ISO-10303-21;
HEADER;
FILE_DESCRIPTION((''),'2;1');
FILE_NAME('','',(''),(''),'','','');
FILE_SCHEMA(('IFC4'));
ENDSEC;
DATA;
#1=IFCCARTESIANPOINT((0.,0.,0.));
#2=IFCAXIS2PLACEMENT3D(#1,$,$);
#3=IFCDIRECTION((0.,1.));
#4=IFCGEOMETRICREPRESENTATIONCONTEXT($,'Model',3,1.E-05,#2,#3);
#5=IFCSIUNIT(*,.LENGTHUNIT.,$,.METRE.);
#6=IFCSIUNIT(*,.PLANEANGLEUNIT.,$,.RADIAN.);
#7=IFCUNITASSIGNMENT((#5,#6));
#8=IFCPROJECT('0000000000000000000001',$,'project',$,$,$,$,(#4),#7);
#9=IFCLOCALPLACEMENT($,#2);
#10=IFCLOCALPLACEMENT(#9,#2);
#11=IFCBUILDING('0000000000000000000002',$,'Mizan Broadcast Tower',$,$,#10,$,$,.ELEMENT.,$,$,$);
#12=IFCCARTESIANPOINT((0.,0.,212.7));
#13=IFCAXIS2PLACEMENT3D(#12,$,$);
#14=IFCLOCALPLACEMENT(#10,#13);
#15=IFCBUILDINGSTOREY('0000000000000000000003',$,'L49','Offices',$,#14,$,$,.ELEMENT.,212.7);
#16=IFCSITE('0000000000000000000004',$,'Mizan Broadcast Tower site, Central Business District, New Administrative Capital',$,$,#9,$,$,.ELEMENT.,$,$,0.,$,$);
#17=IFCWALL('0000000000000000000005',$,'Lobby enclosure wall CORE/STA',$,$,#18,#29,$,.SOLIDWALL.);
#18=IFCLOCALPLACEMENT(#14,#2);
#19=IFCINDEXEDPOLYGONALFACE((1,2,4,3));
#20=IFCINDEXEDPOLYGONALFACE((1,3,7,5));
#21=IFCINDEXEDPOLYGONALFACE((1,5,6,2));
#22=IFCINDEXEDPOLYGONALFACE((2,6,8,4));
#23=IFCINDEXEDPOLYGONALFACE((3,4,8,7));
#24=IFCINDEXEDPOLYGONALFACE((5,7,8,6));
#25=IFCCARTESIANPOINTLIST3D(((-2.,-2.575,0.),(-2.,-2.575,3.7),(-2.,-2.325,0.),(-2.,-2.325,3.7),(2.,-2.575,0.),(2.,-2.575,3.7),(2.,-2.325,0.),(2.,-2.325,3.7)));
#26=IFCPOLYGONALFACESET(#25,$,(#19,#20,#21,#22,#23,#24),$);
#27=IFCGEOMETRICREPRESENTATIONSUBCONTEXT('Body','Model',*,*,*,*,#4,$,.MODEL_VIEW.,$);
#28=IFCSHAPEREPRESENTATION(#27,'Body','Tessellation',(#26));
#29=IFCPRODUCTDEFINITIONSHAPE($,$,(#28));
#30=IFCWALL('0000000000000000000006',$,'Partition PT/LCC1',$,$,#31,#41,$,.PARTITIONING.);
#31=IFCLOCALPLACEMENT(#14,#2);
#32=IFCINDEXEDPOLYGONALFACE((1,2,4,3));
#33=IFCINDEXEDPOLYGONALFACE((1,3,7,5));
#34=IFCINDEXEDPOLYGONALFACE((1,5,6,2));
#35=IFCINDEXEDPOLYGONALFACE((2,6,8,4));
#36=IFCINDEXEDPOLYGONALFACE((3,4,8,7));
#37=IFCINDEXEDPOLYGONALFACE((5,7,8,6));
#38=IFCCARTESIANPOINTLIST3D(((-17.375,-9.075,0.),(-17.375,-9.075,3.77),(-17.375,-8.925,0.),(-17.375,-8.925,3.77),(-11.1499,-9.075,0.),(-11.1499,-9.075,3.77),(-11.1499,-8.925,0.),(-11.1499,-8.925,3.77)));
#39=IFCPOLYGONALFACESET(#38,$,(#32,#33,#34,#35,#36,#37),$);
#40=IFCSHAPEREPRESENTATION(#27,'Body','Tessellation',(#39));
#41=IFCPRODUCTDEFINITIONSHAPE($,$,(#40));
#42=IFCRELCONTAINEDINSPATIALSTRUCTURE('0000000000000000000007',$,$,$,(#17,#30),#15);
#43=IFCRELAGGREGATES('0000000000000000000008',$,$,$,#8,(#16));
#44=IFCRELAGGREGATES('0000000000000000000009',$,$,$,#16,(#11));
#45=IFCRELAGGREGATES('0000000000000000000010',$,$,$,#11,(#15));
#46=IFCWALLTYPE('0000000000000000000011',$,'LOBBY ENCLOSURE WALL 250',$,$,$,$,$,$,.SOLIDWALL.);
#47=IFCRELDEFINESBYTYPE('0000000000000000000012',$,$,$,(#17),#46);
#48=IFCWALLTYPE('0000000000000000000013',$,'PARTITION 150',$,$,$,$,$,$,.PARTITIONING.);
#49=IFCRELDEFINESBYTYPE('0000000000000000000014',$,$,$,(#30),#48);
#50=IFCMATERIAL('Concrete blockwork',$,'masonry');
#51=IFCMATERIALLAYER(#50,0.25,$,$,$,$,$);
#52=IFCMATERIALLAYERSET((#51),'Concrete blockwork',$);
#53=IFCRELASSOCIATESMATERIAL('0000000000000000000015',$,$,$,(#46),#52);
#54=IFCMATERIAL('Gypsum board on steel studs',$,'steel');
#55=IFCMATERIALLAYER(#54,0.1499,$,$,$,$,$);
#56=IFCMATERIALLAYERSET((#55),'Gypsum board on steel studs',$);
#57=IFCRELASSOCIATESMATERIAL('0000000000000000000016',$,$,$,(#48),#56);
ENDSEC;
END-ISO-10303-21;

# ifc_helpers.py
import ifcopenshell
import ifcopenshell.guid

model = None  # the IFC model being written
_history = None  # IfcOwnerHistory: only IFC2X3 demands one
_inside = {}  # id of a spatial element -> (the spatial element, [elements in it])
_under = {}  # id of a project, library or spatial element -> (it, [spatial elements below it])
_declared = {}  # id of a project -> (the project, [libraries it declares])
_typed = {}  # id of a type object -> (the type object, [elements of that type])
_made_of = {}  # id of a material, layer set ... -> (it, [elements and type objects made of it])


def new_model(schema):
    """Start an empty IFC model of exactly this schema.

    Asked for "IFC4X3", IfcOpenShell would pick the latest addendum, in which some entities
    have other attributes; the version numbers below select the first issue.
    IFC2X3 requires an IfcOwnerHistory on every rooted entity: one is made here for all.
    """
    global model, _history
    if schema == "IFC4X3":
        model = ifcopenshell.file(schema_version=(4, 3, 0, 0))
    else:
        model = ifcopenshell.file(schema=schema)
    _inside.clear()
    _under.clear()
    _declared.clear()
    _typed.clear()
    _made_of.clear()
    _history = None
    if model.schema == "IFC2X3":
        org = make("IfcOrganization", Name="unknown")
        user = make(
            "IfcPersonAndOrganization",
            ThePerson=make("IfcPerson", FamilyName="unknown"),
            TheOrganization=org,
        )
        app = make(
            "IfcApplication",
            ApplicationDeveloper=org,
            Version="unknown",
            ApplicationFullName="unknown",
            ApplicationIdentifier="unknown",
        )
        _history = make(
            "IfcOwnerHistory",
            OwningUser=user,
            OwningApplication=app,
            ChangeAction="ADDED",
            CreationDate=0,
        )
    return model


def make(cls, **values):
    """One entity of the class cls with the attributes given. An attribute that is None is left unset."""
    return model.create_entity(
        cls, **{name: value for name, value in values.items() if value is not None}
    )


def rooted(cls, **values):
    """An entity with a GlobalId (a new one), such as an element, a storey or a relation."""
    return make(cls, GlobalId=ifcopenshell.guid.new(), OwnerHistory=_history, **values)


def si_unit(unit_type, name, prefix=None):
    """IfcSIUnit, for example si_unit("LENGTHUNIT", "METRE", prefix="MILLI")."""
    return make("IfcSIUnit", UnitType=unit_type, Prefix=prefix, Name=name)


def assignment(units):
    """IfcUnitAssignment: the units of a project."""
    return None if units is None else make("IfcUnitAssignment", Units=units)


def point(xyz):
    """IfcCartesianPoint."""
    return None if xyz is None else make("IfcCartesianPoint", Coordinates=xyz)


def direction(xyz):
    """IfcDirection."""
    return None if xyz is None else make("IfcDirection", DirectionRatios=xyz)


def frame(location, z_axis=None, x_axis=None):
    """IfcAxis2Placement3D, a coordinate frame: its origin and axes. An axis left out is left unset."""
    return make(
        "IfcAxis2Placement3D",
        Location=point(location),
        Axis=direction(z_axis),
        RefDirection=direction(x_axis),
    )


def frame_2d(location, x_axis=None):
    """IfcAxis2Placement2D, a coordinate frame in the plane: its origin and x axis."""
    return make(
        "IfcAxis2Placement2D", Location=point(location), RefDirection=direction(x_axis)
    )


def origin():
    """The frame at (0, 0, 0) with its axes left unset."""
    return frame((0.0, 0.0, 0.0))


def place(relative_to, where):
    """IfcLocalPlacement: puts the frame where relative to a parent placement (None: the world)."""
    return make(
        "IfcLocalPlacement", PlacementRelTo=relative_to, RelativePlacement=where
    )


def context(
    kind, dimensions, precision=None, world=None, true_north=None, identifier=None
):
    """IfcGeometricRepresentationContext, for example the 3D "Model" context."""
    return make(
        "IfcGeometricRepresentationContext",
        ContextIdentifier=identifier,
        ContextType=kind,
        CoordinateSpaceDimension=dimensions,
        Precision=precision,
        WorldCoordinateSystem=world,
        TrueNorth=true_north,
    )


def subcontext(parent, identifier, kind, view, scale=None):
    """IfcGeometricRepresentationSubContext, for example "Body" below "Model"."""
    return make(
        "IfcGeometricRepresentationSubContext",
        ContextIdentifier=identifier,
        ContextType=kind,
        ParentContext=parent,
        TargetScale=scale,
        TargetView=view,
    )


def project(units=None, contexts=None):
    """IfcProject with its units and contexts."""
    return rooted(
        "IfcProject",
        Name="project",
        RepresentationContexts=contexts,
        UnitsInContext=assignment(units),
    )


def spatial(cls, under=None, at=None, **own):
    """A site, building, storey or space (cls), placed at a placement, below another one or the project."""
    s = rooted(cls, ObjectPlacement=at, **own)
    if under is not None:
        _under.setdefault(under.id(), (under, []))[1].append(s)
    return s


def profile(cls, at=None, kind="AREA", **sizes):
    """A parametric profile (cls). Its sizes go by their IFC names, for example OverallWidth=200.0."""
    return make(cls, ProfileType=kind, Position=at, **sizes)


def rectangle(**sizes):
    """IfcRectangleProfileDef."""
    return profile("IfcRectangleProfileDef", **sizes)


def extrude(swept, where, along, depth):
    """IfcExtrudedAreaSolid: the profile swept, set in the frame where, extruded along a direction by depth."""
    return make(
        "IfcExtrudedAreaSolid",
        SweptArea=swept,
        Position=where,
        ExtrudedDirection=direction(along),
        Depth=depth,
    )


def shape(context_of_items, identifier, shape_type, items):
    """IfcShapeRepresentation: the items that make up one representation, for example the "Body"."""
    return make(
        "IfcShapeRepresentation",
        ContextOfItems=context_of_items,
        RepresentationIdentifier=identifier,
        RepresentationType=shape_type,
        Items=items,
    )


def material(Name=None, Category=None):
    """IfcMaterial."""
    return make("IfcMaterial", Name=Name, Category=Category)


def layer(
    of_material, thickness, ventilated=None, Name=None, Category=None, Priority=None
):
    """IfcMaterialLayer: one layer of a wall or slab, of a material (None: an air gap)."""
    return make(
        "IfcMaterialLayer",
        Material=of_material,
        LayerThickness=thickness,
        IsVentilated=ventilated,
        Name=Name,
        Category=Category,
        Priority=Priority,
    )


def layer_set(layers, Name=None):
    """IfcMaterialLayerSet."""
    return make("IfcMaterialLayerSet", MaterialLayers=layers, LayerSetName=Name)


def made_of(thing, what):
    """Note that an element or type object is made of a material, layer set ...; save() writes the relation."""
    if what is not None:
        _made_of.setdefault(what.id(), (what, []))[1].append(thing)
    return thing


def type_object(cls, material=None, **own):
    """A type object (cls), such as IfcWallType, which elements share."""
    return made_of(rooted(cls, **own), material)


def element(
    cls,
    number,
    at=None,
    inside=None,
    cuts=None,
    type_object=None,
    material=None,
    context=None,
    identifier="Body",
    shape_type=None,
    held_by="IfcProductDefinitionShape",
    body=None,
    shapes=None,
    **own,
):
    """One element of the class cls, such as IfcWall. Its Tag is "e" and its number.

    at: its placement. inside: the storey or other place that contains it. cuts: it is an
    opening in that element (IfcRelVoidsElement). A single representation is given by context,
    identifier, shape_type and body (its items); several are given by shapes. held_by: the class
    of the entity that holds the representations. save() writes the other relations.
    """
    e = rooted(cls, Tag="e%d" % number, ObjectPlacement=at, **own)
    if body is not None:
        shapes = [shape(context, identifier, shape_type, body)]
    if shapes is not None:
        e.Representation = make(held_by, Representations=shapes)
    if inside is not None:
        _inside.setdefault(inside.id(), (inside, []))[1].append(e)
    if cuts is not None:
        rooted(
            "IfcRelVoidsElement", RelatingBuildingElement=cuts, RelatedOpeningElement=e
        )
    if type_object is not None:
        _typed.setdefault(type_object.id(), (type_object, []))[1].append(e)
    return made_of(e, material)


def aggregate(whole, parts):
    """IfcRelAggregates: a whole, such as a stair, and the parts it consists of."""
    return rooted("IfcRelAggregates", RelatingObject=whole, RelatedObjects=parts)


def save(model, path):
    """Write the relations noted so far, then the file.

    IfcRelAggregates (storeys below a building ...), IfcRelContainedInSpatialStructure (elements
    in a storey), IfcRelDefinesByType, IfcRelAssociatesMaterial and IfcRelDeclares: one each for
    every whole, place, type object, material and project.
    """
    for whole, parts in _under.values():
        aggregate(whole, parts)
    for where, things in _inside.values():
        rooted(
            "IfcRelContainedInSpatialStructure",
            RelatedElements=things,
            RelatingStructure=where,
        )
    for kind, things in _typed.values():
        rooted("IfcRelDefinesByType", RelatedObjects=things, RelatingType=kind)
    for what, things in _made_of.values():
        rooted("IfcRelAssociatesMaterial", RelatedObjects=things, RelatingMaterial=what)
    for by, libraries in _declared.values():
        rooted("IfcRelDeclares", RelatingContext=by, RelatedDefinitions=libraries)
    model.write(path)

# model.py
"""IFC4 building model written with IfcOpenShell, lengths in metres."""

from ifc_helpers import new_model, si_unit, direction, frame, frame_2d, origin, place, context, subcontext, project, spatial, rectangle, extrude, material, layer, layer_set, type_object, element, save


model = new_model("IFC4")

# Units and contexts
model_context = context("Model", 3, precision=1e-05, world=origin(), true_north=direction((0.0, 1.0)))
body_context = subcontext(model_context, "Body", "Model", "MODEL_VIEW")
ifc_project = project(units=[si_unit("LENGTHUNIT", "METRE"), si_unit("PLANEANGLEUNIT", "RADIAN")], contexts=[model_context])

# Site, building, storey
site_placement = place(None, origin())
site = spatial("IfcSite", under=ifc_project, at=site_placement, Name="Mizan Broadcast Tower site, Central Business District, New Administrative Capital", CompositionType="ELEMENT", RefElevation=0.0)
building_placement = place(site_placement, origin())
building = spatial("IfcBuilding", under=site, at=building_placement, Name="Mizan Broadcast Tower", CompositionType="ELEMENT")
storey_placement = place(building_placement, frame((0.0, 0.0, 212.7)))
storey = spatial("IfcBuildingStorey", under=building, at=storey_placement, Name="L49", Description="Offices", CompositionType="ELEMENT", Elevation=212.7)

# Shared definitions
ifc_material_1 = material(Name="Concrete blockwork", Category="masonry")
ifc_layer_1 = layer(ifc_material_1, 0.25)
ifc_layer_set_1 = layer_set([ifc_layer_1], Name="Concrete blockwork")
wall_type_1 = type_object("IfcWallType", Name="LOBBY ENCLOSURE WALL 250", PredefinedType="SOLIDWALL", material=ifc_layer_set_1)

# Walls
wall_1_placement = place(storey_placement, frame((-2.0, -2.45, 0.0), z_axis=(0.0, 0.0, 1.0), x_axis=(1.0, 0.0, 0.0)))
element("IfcWall", 1, at=wall_1_placement, inside=storey, type_object=wall_type_1, Name="Lobby enclosure wall CORE/STA", PredefinedType="SOLIDWALL", context=body_context, shape_type="SweptSolid", body=[
    extrude(rectangle(XDim=4.0, YDim=0.25, at=frame_2d((2.0, 0.0))), origin(), (0.0, 0.0, 1.0), 3.7),
])
ifc_material_2 = material(Name="Gypsum board on steel studs", Category="steel")
ifc_layer_2 = layer(ifc_material_2, 0.1499)
ifc_layer_set_2 = layer_set([ifc_layer_2], Name="Gypsum board on steel studs")
wall_type_2 = type_object("IfcWallType", Name="PARTITION 150", PredefinedType="PARTITIONING", material=ifc_layer_set_2)
wall_2_placement = place(storey_placement, frame((-11.1499, -9.0, 0.0), z_axis=(0.0, 0.0, 1.0), x_axis=(-1.0, 0.0, 0.0)))
element("IfcWall", 2, at=wall_2_placement, inside=storey, type_object=wall_type_2, Name="Partition PT/LCC1", PredefinedType="PARTITIONING", context=body_context, shape_type="SweptSolid", body=[
    extrude(rectangle(XDim=6.2251, YDim=0.1499, at=frame_2d((3.1125, 0.0))), origin(), (0.0, 0.0, 1.0), 3.77),
])

save(model, "model.ifc")
